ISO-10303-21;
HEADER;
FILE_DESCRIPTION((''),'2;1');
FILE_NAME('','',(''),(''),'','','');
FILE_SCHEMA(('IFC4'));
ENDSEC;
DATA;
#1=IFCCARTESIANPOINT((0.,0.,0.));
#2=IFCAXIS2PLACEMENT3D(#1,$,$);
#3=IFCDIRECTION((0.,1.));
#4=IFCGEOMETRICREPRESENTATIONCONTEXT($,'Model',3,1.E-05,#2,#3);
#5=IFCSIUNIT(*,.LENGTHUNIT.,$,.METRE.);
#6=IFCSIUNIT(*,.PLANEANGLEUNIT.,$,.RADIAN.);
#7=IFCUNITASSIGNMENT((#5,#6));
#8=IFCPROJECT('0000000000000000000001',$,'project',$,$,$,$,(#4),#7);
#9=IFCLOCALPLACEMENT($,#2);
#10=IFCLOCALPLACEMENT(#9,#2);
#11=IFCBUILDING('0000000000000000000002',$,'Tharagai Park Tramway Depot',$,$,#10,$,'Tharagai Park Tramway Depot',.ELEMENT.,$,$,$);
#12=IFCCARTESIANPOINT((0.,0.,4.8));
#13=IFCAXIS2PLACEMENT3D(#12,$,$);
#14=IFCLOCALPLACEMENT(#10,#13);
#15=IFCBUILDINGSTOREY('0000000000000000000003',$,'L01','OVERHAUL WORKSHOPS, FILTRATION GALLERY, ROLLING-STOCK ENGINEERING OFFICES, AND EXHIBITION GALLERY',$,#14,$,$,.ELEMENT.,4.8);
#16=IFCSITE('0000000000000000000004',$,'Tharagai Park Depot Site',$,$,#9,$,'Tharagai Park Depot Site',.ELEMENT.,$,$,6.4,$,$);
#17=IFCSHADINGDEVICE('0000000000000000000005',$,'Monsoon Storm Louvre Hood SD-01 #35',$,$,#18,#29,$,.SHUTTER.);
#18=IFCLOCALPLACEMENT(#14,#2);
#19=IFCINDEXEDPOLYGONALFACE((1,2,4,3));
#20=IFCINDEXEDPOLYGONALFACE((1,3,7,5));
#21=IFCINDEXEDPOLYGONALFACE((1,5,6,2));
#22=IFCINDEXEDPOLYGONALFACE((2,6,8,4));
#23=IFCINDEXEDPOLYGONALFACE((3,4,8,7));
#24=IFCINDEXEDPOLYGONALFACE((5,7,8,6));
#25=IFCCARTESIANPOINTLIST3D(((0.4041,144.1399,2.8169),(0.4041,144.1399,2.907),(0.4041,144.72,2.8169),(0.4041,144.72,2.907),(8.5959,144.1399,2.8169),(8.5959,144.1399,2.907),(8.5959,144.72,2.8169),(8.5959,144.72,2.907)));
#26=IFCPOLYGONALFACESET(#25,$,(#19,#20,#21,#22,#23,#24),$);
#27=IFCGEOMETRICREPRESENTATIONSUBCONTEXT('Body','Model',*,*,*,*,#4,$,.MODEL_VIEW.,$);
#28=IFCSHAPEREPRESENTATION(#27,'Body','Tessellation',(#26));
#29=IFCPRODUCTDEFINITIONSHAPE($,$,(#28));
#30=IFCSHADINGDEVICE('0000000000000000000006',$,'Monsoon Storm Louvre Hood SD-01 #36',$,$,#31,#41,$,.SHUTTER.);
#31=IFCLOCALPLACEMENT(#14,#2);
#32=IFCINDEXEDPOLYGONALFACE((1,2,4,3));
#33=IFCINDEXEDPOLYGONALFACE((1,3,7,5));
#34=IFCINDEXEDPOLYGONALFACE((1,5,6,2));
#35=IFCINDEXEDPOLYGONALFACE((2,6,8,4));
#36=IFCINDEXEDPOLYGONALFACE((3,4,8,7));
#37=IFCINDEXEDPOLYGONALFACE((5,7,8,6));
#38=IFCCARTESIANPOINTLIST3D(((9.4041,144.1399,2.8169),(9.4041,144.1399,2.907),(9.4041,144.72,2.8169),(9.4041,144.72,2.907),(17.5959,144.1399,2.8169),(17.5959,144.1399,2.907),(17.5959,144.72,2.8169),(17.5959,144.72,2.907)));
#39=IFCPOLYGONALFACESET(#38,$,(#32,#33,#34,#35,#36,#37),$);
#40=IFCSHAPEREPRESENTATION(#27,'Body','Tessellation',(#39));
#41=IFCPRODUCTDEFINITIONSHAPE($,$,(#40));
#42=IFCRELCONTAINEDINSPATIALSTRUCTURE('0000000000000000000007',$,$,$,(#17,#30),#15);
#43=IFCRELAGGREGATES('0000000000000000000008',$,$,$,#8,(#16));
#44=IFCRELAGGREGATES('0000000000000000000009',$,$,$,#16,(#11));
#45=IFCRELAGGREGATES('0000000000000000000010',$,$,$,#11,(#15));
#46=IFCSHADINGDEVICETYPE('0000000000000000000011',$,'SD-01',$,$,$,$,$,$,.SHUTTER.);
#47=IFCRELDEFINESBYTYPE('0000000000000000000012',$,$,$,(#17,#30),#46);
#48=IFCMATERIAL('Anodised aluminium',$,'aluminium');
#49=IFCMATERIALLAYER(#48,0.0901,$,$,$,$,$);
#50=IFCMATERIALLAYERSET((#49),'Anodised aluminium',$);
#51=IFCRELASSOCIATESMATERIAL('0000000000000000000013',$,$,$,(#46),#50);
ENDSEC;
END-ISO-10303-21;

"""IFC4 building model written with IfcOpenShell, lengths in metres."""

from ifc_helpers import new_model, si_unit, direction, frame, origin, origin_2d, place, context, subcontext, project, spatial, rectangle, extrude, material, layer, layer_set, type_object, element, save


model = new_model("IFC4")

# Units and contexts
model_context = context("Model", 3, precision=1e-05, world=origin(), true_north=direction((0.0, 1.0)))
body_context = subcontext(model_context, "Body", "Model", "MODEL_VIEW")
ifc_project = project(units=[si_unit("LENGTHUNIT", "METRE"), si_unit("PLANEANGLEUNIT", "RADIAN")], contexts=[model_context])

# Site, building, storey
site_placement = place(None, origin())
site = spatial("IfcSite", under=ifc_project, at=site_placement, Name="Tharagai Park Depot Site", LongName="Tharagai Park Depot Site", CompositionType="ELEMENT", RefElevation=6.4)
building_placement = place(site_placement, origin())
building = spatial("IfcBuilding", under=site, at=building_placement, Name="Tharagai Park Tramway Depot", LongName="Tharagai Park Tramway Depot", CompositionType="ELEMENT")
storey_placement = place(building_placement, frame((0.0, 0.0, 4.8)))
storey = spatial("IfcBuildingStorey", under=building, at=storey_placement, Name="L01", Description="OVERHAUL WORKSHOPS, FILTRATION GALLERY, ROLLING-STOCK ENGINEERING OFFICES, AND EXHIBITION GALLERY", CompositionType="ELEMENT", Elevation=4.8)

# Shading devices
ifc_material_1 = material(Name="Anodised aluminium", Category="aluminium")
ifc_layer_1 = layer(ifc_material_1, 0.0901)
ifc_layer_set_1 = layer_set([ifc_layer_1], Name="Anodised aluminium")
shading_device_type = type_object("IfcShadingDeviceType", Name="SD-01", PredefinedType="SHUTTER", material=ifc_layer_set_1)
for number, where, z_axis, x_axis, name in (
    (1, (4.5, 144.4299, 2.8169), (0.0, 0.0, 1.0), (1.0, 0.0, 0.0), "Monsoon Storm Louvre Hood SD-01 #35"),
    (2, (13.5, 144.4299, 2.8169), (0.0, 0.0, 1.0), (1.0, 0.0, 0.0), "Monsoon Storm Louvre Hood SD-01 #36"),
):
    element("IfcShadingDevice", number, at=place(storey_placement, frame(where, z_axis=z_axis, x_axis=x_axis)), inside=storey, type_object=shading_device_type, Name=name, PredefinedType="SHUTTER", context=body_context, shape_type="SweptSolid", body=[
        extrude(rectangle(XDim=8.1919, YDim=0.5801, at=origin_2d()), origin(), (0.0, 0.0, 1.0), 0.0901),
    ])

save(model, "model.ifc")
